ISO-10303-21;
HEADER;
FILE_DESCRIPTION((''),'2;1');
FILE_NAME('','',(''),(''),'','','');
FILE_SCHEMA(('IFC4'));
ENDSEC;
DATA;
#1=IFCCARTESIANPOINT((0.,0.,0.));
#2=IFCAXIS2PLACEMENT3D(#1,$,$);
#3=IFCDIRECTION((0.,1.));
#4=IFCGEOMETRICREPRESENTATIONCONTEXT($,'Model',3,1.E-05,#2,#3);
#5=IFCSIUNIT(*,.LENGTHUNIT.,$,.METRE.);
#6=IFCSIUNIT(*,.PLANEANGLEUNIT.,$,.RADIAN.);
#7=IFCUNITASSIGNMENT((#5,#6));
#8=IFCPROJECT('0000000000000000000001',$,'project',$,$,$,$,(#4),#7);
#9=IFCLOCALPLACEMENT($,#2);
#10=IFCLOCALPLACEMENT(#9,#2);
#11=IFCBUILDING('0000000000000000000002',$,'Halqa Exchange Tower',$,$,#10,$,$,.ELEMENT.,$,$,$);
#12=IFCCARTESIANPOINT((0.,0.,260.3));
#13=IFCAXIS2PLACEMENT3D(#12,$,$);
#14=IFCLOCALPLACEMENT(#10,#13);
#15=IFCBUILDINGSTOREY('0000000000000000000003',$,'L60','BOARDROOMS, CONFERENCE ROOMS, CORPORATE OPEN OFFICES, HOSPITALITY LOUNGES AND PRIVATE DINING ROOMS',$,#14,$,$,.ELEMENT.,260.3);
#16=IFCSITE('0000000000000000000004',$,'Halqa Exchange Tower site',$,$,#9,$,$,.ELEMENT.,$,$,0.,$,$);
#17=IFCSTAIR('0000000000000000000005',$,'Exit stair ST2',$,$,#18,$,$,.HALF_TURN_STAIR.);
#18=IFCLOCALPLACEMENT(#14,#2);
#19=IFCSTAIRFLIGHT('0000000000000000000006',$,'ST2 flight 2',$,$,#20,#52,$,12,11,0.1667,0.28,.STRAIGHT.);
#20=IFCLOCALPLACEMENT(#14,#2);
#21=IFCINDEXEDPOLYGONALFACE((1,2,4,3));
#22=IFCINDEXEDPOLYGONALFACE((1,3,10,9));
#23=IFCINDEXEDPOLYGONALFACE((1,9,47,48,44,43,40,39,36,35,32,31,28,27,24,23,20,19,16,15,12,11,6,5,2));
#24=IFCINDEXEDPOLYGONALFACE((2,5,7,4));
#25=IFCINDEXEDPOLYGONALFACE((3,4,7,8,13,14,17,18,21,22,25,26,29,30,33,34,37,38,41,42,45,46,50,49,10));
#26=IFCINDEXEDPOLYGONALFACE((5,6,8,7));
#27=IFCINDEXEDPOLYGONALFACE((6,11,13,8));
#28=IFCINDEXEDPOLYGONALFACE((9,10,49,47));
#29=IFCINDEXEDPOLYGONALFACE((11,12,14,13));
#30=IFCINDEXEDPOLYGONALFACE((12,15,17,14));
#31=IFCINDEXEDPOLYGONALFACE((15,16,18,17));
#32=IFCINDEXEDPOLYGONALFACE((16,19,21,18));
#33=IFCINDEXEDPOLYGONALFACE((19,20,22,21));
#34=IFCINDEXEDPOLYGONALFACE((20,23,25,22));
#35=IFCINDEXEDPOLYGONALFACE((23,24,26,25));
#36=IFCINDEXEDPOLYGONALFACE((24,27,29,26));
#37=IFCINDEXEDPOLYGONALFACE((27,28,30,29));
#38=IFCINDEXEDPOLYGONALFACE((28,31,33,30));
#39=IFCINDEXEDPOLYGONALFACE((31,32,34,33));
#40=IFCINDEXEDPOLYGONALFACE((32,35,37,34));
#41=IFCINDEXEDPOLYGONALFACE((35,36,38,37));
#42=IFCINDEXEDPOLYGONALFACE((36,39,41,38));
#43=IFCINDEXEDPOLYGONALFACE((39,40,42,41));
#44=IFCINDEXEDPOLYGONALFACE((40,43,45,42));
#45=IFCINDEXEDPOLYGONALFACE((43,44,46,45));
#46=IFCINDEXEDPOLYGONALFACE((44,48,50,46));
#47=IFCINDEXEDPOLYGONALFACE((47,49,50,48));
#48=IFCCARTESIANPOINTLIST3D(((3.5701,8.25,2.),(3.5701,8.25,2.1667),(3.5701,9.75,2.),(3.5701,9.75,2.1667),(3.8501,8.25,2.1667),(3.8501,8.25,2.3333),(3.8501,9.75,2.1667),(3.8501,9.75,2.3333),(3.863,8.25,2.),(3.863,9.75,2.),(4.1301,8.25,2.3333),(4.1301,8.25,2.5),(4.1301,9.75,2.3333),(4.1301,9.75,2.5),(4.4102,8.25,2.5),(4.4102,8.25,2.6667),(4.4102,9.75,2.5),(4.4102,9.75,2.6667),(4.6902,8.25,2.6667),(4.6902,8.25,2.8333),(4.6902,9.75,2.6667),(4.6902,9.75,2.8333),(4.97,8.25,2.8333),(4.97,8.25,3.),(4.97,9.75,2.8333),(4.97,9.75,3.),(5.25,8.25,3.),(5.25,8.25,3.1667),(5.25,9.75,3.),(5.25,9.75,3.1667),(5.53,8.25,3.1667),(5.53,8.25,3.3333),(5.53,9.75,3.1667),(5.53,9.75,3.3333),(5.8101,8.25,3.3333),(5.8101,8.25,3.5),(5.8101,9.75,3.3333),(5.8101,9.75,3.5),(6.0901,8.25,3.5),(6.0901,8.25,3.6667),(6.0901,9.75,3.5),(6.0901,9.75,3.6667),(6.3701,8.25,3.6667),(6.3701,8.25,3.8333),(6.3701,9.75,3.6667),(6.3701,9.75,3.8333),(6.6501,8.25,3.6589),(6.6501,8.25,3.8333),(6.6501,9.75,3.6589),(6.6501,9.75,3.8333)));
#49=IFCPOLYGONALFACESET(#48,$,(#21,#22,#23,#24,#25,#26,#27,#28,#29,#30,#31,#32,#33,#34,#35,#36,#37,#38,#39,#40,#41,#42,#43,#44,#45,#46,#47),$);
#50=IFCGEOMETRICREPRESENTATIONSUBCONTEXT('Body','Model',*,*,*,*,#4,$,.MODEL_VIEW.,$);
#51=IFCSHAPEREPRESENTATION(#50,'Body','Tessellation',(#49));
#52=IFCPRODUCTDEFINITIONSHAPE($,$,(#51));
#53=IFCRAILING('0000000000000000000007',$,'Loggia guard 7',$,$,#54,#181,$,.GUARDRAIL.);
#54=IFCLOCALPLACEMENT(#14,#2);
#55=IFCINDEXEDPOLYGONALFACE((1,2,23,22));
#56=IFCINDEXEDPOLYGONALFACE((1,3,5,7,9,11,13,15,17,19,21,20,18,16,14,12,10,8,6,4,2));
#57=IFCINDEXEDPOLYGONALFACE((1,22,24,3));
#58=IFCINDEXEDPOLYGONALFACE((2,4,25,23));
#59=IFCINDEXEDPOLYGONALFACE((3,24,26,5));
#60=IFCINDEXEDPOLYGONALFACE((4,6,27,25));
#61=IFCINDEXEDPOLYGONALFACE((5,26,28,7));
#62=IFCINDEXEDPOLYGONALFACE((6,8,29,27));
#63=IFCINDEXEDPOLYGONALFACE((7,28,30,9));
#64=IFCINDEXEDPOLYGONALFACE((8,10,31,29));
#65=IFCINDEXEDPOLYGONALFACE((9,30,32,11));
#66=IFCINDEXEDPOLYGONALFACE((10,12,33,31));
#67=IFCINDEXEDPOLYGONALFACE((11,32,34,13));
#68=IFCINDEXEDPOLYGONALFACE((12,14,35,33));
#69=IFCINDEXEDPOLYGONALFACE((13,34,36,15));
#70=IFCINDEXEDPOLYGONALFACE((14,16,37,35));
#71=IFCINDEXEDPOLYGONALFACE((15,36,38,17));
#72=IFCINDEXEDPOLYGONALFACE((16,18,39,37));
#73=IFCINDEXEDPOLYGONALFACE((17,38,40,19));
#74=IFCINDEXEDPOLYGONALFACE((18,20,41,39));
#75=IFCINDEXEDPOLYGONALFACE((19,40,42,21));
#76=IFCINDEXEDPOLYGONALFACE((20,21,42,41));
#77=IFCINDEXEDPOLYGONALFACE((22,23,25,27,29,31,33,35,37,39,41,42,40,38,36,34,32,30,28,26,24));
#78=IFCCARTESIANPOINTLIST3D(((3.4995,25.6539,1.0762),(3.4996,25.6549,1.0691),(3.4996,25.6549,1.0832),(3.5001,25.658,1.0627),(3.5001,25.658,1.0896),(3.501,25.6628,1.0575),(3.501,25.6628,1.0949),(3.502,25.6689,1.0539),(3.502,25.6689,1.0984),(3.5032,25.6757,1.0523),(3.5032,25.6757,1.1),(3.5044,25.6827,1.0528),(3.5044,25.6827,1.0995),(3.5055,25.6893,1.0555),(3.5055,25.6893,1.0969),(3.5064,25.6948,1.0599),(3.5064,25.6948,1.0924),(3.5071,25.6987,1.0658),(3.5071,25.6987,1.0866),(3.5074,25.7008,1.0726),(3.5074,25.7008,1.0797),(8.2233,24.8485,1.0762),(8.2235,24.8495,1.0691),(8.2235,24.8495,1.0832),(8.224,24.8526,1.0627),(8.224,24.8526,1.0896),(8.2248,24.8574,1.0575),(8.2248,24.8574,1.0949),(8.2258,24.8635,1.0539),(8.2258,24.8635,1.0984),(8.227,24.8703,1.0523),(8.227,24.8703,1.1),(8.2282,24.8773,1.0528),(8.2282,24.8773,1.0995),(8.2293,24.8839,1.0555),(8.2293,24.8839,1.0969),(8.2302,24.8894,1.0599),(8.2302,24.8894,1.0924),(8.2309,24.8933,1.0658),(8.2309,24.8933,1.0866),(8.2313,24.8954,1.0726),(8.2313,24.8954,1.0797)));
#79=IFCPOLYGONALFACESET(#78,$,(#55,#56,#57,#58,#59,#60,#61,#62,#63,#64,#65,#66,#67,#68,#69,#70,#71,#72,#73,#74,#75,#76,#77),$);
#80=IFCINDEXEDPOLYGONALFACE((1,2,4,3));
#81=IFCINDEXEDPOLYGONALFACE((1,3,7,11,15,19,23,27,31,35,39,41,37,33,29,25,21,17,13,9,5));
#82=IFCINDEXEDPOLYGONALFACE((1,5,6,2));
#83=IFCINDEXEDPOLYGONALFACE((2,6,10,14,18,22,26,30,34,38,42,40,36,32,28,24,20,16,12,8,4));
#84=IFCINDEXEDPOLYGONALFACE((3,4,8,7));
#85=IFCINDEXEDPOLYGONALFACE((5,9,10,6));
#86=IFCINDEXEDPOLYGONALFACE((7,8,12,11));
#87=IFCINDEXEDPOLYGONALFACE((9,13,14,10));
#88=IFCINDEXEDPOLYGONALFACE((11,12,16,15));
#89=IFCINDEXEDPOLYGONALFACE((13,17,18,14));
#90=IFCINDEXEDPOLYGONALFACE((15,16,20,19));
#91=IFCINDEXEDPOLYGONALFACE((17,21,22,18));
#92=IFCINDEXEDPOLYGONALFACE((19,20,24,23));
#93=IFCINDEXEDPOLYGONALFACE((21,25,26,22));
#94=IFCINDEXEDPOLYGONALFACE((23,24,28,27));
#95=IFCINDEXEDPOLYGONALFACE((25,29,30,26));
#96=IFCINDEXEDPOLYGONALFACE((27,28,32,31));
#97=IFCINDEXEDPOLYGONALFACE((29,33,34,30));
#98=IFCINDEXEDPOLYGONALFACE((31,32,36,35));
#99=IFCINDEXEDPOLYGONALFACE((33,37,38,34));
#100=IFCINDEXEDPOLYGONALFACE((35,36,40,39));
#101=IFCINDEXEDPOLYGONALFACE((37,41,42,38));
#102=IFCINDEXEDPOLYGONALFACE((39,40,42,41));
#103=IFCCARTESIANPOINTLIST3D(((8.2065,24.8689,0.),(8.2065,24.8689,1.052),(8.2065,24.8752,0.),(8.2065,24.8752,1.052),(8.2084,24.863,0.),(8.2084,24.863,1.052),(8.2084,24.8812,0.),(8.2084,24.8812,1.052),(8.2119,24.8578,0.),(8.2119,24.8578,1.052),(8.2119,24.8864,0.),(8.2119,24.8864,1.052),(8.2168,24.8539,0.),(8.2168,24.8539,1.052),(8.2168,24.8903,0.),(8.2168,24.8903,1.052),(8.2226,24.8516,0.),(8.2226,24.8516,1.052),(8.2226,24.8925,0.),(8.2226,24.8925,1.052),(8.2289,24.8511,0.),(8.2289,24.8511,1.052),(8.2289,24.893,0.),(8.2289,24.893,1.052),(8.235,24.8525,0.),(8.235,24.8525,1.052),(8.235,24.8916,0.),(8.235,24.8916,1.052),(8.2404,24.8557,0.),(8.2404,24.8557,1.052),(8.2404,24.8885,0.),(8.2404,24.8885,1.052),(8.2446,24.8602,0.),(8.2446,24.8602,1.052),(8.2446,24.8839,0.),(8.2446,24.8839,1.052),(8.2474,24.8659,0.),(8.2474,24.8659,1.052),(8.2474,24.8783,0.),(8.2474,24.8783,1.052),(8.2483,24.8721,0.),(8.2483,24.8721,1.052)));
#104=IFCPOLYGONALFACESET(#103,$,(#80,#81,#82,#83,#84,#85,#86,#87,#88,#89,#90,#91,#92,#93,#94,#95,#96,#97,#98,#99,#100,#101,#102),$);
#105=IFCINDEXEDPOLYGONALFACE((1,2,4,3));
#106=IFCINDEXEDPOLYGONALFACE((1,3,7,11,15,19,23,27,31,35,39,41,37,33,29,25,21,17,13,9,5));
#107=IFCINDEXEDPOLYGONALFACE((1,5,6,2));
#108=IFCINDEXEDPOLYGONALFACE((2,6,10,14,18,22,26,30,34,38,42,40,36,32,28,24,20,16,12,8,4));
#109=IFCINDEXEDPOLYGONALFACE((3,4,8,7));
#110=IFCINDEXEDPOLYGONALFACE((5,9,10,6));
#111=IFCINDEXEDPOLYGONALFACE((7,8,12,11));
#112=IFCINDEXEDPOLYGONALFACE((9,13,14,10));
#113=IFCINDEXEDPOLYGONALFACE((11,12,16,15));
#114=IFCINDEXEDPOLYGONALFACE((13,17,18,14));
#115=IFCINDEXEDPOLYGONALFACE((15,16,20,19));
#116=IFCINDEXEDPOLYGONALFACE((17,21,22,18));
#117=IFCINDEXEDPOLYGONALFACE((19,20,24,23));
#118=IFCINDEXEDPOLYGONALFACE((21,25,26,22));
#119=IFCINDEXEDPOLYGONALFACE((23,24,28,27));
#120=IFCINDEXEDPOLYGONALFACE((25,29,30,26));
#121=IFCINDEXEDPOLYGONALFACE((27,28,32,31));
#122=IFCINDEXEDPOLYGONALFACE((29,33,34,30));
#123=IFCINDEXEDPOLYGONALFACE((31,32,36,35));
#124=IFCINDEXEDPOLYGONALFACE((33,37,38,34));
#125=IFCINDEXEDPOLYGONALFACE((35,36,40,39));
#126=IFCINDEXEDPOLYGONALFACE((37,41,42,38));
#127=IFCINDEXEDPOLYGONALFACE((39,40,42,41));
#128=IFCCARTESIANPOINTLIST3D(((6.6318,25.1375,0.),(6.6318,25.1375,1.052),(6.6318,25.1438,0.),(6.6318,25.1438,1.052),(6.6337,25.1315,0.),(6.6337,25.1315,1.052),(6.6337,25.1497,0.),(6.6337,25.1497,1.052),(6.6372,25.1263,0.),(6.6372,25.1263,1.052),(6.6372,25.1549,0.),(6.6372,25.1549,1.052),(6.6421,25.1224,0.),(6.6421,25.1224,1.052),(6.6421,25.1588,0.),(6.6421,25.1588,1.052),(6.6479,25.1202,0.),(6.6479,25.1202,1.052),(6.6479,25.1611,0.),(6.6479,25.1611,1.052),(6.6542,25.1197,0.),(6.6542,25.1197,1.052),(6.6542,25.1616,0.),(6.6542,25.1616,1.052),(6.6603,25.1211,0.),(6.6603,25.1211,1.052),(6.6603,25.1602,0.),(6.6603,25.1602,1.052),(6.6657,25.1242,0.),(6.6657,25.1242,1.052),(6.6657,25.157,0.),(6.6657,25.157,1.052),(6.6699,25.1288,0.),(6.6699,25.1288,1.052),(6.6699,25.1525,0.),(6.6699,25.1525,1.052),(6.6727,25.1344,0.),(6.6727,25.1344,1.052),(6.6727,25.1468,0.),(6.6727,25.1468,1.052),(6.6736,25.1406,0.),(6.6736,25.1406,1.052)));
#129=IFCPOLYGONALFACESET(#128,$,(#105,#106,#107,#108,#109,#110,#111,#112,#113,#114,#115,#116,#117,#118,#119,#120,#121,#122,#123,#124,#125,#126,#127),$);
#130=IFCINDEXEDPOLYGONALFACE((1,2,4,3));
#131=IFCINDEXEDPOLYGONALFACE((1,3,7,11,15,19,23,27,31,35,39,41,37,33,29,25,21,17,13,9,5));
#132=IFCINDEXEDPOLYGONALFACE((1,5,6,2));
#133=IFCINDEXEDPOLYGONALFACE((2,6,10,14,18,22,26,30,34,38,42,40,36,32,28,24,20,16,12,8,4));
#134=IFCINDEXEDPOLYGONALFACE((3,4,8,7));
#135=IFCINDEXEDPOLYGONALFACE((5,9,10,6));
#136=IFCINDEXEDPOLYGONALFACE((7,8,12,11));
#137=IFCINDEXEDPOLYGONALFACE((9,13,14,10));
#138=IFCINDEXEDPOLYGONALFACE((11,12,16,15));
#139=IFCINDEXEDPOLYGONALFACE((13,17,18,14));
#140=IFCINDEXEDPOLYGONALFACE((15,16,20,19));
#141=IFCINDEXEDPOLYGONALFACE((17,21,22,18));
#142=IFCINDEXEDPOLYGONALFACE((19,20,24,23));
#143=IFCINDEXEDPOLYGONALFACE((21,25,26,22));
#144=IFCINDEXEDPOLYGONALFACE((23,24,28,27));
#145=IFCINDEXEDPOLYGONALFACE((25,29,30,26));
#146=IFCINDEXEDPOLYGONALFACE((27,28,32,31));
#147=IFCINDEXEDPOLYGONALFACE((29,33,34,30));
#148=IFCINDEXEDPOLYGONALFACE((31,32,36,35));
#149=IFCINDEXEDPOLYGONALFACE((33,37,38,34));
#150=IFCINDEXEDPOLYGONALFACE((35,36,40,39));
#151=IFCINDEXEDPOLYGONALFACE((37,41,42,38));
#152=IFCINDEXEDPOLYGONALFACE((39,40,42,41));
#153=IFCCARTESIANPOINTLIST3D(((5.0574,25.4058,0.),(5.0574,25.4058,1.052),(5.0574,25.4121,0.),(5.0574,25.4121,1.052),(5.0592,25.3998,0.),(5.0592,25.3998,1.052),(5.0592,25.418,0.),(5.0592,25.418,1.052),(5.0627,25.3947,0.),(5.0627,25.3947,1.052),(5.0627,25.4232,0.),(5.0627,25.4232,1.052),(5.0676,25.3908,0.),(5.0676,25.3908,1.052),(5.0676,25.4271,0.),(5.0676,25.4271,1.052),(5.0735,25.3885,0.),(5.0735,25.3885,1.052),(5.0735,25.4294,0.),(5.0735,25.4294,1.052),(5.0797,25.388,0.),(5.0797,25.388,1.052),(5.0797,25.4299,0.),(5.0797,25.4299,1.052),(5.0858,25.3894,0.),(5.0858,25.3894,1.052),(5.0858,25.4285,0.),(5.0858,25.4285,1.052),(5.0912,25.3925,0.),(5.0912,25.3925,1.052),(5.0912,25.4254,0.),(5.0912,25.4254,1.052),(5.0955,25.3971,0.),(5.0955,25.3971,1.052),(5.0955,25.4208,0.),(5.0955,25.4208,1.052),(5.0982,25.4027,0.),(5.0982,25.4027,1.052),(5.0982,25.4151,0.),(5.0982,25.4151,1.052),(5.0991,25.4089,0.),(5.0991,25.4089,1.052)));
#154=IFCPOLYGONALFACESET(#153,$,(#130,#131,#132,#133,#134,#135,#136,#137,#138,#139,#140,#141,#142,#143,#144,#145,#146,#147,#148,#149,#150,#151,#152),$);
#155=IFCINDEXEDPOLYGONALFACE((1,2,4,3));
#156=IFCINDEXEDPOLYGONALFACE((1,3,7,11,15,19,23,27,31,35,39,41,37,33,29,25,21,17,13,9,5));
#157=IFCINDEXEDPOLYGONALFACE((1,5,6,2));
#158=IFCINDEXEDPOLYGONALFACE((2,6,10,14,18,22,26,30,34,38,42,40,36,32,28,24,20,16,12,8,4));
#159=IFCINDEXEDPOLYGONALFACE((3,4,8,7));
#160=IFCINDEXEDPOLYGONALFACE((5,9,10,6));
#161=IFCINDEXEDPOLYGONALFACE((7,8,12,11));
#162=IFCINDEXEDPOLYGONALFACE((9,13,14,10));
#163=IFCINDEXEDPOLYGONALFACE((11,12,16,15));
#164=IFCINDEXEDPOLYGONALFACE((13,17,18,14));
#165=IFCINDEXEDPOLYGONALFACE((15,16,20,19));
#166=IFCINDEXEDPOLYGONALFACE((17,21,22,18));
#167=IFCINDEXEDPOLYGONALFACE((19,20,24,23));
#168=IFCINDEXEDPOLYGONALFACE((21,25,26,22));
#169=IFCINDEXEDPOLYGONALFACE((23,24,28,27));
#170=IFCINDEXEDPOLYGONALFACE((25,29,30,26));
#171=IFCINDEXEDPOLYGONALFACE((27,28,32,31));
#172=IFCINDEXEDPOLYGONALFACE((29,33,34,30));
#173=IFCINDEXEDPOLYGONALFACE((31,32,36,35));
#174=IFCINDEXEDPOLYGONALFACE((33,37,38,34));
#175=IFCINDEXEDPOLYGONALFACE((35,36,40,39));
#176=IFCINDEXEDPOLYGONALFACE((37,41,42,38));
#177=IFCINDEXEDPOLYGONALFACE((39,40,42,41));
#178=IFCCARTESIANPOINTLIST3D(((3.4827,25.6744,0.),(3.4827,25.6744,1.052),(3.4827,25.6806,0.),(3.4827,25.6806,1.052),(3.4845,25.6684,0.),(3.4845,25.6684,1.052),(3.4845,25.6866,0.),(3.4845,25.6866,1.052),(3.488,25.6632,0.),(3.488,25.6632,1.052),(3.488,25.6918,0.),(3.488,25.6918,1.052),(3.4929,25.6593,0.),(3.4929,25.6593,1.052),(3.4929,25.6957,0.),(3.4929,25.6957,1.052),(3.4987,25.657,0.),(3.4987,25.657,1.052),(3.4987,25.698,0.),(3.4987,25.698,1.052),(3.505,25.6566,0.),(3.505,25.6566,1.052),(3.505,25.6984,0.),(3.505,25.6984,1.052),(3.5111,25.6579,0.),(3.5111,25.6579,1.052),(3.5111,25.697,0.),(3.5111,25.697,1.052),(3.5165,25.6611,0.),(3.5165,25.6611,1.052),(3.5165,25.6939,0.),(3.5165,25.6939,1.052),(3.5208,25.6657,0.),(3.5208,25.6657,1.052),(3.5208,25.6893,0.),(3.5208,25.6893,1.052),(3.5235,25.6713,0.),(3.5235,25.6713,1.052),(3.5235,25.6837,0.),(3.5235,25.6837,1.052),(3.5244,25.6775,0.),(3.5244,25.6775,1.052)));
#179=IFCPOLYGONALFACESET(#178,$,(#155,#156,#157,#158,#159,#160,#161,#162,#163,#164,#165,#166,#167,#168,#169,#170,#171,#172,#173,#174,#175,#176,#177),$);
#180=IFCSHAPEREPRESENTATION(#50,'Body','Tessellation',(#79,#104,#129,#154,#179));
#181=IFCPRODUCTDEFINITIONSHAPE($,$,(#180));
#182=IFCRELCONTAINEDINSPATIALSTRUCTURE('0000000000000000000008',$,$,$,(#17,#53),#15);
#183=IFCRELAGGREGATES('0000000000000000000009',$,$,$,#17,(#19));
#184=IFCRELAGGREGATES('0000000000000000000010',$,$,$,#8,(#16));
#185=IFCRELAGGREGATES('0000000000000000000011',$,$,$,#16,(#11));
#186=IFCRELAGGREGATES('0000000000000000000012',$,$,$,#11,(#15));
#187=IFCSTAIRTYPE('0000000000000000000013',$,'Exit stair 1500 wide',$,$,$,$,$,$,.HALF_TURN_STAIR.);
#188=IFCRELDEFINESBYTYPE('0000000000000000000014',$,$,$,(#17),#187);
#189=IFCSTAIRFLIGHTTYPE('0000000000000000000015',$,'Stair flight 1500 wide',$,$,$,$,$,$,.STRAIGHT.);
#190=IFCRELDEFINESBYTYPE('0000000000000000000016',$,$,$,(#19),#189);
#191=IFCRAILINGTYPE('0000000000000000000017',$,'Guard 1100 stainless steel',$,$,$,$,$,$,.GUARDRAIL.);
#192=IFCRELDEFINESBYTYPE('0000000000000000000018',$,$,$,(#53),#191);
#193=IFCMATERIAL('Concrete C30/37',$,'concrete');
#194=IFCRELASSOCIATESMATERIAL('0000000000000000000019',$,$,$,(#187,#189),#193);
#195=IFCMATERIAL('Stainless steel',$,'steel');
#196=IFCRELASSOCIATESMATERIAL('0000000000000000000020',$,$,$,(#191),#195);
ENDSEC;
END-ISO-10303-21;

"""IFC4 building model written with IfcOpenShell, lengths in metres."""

from ifc_helpers import new_model, si_unit, direction, frame, origin, origin_2d, place, context, subcontext, project, spatial, polyline, circle, outline, extrude, material, type_object, element, aggregate, save


model = new_model("IFC4")

# Units and contexts
model_context = context("Model", 3, precision=1e-05, world=origin(), true_north=direction((0.0, 1.0)))
body_context = subcontext(model_context, "Body", "Model", "MODEL_VIEW")
ifc_project = project(units=[si_unit("LENGTHUNIT", "METRE"), si_unit("PLANEANGLEUNIT", "RADIAN")], contexts=[model_context])

# Site, building, storey
site_placement = place(None, origin())
site = spatial("IfcSite", under=ifc_project, at=site_placement, Name="Halqa Exchange Tower site", CompositionType="ELEMENT", RefElevation=0.0)
building_placement = place(site_placement, origin())
building = spatial("IfcBuilding", under=site, at=building_placement, Name="Halqa Exchange Tower", CompositionType="ELEMENT")
storey_placement = place(building_placement, frame((0.0, 0.0, 260.3)))
storey = spatial("IfcBuildingStorey", under=building, at=storey_placement, Name="L60", Description="BOARDROOMS, CONFERENCE ROOMS, CORPORATE OPEN OFFICES, HOSPITALITY LOUNGES AND PRIVATE DINING ROOMS", CompositionType="ELEMENT", Elevation=260.3)

# Stair
ifc_material_1 = material(Name="Concrete C30/37", Category="concrete")
stair_type = type_object("IfcStairType", Name="Exit stair 1500 wide", PredefinedType="HALF_TURN_STAIR", material=ifc_material_1)
stair_1_placement = place(storey_placement, origin())
stair_1 = element("IfcStair", 1, at=stair_1_placement, inside=storey, type_object=stair_type, Name="Exit stair ST2", PredefinedType="HALF_TURN_STAIR")

# Stair flight
stair_flight_type = type_object("IfcStairFlightType", Name="Stair flight 1500 wide", PredefinedType="STRAIGHT", material=ifc_material_1)
stair_flight_1_placement = place(storey_placement, frame((3.5701, 9.0, 2.0), z_axis=(0.0, 0.0, 1.0), x_axis=(1.0, 0.0, 0.0)))
stair_flight_1 = element("IfcStairFlight", 2, at=stair_flight_1_placement, type_object=stair_flight_type, Name="ST2 flight 2", NumberOfRisers=12, NumberOfTreads=11, PredefinedType="STRAIGHT", RiserHeight=0.1667, TreadLength=0.28, context=body_context, shape_type="SweptSolid", body=[
    extrude(outline(polyline([(0.0, 0.0), (0.0, 0.1667), (0.28, 0.1667), (0.28, 0.3333), (0.5601, 0.3333), (0.5601, 0.5), (0.8401, 0.5), (0.8401, 0.6667), (1.1201, 0.6667), (1.1201, 0.8333), (1.3999, 0.8333), (1.3999, 1.0), (1.6799, 1.0), (1.6799, 1.1667), (1.96, 1.1667), (1.96, 1.3333), (2.24, 1.3333), (2.24, 1.5), (2.52, 1.5), (2.52, 1.6667), (2.8, 1.6667), (2.8, 1.8333), (3.0801, 1.8333), (3.0801, 2.0), (3.0801, 1.6589), (0.293, 0.0), (0.0, 0.0)])), frame((0.0, 0.75, 0.0), z_axis=(0.0, -1.0, 0.0), x_axis=(1.0, 0.0, 0.0)), (0.0, 0.0, 1.0), 1.5),
])
aggregate(stair_1, [stair_flight_1])

# Railing
ifc_material_2 = material(Name="Stainless steel", Category="steel")
railing_type_1 = type_object("IfcRailingType", Name="Guard 1100 stainless steel", PredefinedType="GUARDRAIL", material=ifc_material_2)
railing_1_placement = place(storey_placement, frame((8.2273, 24.8721, 0.0)))
element("IfcRailing", 3, at=railing_1_placement, inside=storey, type_object=railing_type_1, Name="Loggia guard 7", PredefinedType="GUARDRAIL", context=body_context, shape_type="SweptSolid", body=[
    extrude(circle(Radius=0.0239, at=origin_2d()), frame((0.0, 0.0, 1.0762), z_axis=(-0.985774, 0.168074, 0.0), x_axis=(-0.168074, -0.985774, 0.0)), (0.0, 0.0, 1.0), 4.792),
    extrude(circle(Radius=0.021, at=origin_2d()), origin(), (0.0, 0.0, 1.0), 1.052),
    extrude(circle(Radius=0.021, at=origin_2d()), frame((-1.5747, 0.2686, 0.0)), (0.0, 0.0, 1.0), 1.052),
    extrude(circle(Radius=0.021, at=origin_2d()), frame((-3.1492, 0.5369, 0.0)), (0.0, 0.0, 1.0), 1.052),
    extrude(circle(Radius=0.021, at=origin_2d()), frame((-4.7239, 0.8054, 0.0)), (0.0, 0.0, 1.0), 1.052),
])

save(model, "model.ifc")
